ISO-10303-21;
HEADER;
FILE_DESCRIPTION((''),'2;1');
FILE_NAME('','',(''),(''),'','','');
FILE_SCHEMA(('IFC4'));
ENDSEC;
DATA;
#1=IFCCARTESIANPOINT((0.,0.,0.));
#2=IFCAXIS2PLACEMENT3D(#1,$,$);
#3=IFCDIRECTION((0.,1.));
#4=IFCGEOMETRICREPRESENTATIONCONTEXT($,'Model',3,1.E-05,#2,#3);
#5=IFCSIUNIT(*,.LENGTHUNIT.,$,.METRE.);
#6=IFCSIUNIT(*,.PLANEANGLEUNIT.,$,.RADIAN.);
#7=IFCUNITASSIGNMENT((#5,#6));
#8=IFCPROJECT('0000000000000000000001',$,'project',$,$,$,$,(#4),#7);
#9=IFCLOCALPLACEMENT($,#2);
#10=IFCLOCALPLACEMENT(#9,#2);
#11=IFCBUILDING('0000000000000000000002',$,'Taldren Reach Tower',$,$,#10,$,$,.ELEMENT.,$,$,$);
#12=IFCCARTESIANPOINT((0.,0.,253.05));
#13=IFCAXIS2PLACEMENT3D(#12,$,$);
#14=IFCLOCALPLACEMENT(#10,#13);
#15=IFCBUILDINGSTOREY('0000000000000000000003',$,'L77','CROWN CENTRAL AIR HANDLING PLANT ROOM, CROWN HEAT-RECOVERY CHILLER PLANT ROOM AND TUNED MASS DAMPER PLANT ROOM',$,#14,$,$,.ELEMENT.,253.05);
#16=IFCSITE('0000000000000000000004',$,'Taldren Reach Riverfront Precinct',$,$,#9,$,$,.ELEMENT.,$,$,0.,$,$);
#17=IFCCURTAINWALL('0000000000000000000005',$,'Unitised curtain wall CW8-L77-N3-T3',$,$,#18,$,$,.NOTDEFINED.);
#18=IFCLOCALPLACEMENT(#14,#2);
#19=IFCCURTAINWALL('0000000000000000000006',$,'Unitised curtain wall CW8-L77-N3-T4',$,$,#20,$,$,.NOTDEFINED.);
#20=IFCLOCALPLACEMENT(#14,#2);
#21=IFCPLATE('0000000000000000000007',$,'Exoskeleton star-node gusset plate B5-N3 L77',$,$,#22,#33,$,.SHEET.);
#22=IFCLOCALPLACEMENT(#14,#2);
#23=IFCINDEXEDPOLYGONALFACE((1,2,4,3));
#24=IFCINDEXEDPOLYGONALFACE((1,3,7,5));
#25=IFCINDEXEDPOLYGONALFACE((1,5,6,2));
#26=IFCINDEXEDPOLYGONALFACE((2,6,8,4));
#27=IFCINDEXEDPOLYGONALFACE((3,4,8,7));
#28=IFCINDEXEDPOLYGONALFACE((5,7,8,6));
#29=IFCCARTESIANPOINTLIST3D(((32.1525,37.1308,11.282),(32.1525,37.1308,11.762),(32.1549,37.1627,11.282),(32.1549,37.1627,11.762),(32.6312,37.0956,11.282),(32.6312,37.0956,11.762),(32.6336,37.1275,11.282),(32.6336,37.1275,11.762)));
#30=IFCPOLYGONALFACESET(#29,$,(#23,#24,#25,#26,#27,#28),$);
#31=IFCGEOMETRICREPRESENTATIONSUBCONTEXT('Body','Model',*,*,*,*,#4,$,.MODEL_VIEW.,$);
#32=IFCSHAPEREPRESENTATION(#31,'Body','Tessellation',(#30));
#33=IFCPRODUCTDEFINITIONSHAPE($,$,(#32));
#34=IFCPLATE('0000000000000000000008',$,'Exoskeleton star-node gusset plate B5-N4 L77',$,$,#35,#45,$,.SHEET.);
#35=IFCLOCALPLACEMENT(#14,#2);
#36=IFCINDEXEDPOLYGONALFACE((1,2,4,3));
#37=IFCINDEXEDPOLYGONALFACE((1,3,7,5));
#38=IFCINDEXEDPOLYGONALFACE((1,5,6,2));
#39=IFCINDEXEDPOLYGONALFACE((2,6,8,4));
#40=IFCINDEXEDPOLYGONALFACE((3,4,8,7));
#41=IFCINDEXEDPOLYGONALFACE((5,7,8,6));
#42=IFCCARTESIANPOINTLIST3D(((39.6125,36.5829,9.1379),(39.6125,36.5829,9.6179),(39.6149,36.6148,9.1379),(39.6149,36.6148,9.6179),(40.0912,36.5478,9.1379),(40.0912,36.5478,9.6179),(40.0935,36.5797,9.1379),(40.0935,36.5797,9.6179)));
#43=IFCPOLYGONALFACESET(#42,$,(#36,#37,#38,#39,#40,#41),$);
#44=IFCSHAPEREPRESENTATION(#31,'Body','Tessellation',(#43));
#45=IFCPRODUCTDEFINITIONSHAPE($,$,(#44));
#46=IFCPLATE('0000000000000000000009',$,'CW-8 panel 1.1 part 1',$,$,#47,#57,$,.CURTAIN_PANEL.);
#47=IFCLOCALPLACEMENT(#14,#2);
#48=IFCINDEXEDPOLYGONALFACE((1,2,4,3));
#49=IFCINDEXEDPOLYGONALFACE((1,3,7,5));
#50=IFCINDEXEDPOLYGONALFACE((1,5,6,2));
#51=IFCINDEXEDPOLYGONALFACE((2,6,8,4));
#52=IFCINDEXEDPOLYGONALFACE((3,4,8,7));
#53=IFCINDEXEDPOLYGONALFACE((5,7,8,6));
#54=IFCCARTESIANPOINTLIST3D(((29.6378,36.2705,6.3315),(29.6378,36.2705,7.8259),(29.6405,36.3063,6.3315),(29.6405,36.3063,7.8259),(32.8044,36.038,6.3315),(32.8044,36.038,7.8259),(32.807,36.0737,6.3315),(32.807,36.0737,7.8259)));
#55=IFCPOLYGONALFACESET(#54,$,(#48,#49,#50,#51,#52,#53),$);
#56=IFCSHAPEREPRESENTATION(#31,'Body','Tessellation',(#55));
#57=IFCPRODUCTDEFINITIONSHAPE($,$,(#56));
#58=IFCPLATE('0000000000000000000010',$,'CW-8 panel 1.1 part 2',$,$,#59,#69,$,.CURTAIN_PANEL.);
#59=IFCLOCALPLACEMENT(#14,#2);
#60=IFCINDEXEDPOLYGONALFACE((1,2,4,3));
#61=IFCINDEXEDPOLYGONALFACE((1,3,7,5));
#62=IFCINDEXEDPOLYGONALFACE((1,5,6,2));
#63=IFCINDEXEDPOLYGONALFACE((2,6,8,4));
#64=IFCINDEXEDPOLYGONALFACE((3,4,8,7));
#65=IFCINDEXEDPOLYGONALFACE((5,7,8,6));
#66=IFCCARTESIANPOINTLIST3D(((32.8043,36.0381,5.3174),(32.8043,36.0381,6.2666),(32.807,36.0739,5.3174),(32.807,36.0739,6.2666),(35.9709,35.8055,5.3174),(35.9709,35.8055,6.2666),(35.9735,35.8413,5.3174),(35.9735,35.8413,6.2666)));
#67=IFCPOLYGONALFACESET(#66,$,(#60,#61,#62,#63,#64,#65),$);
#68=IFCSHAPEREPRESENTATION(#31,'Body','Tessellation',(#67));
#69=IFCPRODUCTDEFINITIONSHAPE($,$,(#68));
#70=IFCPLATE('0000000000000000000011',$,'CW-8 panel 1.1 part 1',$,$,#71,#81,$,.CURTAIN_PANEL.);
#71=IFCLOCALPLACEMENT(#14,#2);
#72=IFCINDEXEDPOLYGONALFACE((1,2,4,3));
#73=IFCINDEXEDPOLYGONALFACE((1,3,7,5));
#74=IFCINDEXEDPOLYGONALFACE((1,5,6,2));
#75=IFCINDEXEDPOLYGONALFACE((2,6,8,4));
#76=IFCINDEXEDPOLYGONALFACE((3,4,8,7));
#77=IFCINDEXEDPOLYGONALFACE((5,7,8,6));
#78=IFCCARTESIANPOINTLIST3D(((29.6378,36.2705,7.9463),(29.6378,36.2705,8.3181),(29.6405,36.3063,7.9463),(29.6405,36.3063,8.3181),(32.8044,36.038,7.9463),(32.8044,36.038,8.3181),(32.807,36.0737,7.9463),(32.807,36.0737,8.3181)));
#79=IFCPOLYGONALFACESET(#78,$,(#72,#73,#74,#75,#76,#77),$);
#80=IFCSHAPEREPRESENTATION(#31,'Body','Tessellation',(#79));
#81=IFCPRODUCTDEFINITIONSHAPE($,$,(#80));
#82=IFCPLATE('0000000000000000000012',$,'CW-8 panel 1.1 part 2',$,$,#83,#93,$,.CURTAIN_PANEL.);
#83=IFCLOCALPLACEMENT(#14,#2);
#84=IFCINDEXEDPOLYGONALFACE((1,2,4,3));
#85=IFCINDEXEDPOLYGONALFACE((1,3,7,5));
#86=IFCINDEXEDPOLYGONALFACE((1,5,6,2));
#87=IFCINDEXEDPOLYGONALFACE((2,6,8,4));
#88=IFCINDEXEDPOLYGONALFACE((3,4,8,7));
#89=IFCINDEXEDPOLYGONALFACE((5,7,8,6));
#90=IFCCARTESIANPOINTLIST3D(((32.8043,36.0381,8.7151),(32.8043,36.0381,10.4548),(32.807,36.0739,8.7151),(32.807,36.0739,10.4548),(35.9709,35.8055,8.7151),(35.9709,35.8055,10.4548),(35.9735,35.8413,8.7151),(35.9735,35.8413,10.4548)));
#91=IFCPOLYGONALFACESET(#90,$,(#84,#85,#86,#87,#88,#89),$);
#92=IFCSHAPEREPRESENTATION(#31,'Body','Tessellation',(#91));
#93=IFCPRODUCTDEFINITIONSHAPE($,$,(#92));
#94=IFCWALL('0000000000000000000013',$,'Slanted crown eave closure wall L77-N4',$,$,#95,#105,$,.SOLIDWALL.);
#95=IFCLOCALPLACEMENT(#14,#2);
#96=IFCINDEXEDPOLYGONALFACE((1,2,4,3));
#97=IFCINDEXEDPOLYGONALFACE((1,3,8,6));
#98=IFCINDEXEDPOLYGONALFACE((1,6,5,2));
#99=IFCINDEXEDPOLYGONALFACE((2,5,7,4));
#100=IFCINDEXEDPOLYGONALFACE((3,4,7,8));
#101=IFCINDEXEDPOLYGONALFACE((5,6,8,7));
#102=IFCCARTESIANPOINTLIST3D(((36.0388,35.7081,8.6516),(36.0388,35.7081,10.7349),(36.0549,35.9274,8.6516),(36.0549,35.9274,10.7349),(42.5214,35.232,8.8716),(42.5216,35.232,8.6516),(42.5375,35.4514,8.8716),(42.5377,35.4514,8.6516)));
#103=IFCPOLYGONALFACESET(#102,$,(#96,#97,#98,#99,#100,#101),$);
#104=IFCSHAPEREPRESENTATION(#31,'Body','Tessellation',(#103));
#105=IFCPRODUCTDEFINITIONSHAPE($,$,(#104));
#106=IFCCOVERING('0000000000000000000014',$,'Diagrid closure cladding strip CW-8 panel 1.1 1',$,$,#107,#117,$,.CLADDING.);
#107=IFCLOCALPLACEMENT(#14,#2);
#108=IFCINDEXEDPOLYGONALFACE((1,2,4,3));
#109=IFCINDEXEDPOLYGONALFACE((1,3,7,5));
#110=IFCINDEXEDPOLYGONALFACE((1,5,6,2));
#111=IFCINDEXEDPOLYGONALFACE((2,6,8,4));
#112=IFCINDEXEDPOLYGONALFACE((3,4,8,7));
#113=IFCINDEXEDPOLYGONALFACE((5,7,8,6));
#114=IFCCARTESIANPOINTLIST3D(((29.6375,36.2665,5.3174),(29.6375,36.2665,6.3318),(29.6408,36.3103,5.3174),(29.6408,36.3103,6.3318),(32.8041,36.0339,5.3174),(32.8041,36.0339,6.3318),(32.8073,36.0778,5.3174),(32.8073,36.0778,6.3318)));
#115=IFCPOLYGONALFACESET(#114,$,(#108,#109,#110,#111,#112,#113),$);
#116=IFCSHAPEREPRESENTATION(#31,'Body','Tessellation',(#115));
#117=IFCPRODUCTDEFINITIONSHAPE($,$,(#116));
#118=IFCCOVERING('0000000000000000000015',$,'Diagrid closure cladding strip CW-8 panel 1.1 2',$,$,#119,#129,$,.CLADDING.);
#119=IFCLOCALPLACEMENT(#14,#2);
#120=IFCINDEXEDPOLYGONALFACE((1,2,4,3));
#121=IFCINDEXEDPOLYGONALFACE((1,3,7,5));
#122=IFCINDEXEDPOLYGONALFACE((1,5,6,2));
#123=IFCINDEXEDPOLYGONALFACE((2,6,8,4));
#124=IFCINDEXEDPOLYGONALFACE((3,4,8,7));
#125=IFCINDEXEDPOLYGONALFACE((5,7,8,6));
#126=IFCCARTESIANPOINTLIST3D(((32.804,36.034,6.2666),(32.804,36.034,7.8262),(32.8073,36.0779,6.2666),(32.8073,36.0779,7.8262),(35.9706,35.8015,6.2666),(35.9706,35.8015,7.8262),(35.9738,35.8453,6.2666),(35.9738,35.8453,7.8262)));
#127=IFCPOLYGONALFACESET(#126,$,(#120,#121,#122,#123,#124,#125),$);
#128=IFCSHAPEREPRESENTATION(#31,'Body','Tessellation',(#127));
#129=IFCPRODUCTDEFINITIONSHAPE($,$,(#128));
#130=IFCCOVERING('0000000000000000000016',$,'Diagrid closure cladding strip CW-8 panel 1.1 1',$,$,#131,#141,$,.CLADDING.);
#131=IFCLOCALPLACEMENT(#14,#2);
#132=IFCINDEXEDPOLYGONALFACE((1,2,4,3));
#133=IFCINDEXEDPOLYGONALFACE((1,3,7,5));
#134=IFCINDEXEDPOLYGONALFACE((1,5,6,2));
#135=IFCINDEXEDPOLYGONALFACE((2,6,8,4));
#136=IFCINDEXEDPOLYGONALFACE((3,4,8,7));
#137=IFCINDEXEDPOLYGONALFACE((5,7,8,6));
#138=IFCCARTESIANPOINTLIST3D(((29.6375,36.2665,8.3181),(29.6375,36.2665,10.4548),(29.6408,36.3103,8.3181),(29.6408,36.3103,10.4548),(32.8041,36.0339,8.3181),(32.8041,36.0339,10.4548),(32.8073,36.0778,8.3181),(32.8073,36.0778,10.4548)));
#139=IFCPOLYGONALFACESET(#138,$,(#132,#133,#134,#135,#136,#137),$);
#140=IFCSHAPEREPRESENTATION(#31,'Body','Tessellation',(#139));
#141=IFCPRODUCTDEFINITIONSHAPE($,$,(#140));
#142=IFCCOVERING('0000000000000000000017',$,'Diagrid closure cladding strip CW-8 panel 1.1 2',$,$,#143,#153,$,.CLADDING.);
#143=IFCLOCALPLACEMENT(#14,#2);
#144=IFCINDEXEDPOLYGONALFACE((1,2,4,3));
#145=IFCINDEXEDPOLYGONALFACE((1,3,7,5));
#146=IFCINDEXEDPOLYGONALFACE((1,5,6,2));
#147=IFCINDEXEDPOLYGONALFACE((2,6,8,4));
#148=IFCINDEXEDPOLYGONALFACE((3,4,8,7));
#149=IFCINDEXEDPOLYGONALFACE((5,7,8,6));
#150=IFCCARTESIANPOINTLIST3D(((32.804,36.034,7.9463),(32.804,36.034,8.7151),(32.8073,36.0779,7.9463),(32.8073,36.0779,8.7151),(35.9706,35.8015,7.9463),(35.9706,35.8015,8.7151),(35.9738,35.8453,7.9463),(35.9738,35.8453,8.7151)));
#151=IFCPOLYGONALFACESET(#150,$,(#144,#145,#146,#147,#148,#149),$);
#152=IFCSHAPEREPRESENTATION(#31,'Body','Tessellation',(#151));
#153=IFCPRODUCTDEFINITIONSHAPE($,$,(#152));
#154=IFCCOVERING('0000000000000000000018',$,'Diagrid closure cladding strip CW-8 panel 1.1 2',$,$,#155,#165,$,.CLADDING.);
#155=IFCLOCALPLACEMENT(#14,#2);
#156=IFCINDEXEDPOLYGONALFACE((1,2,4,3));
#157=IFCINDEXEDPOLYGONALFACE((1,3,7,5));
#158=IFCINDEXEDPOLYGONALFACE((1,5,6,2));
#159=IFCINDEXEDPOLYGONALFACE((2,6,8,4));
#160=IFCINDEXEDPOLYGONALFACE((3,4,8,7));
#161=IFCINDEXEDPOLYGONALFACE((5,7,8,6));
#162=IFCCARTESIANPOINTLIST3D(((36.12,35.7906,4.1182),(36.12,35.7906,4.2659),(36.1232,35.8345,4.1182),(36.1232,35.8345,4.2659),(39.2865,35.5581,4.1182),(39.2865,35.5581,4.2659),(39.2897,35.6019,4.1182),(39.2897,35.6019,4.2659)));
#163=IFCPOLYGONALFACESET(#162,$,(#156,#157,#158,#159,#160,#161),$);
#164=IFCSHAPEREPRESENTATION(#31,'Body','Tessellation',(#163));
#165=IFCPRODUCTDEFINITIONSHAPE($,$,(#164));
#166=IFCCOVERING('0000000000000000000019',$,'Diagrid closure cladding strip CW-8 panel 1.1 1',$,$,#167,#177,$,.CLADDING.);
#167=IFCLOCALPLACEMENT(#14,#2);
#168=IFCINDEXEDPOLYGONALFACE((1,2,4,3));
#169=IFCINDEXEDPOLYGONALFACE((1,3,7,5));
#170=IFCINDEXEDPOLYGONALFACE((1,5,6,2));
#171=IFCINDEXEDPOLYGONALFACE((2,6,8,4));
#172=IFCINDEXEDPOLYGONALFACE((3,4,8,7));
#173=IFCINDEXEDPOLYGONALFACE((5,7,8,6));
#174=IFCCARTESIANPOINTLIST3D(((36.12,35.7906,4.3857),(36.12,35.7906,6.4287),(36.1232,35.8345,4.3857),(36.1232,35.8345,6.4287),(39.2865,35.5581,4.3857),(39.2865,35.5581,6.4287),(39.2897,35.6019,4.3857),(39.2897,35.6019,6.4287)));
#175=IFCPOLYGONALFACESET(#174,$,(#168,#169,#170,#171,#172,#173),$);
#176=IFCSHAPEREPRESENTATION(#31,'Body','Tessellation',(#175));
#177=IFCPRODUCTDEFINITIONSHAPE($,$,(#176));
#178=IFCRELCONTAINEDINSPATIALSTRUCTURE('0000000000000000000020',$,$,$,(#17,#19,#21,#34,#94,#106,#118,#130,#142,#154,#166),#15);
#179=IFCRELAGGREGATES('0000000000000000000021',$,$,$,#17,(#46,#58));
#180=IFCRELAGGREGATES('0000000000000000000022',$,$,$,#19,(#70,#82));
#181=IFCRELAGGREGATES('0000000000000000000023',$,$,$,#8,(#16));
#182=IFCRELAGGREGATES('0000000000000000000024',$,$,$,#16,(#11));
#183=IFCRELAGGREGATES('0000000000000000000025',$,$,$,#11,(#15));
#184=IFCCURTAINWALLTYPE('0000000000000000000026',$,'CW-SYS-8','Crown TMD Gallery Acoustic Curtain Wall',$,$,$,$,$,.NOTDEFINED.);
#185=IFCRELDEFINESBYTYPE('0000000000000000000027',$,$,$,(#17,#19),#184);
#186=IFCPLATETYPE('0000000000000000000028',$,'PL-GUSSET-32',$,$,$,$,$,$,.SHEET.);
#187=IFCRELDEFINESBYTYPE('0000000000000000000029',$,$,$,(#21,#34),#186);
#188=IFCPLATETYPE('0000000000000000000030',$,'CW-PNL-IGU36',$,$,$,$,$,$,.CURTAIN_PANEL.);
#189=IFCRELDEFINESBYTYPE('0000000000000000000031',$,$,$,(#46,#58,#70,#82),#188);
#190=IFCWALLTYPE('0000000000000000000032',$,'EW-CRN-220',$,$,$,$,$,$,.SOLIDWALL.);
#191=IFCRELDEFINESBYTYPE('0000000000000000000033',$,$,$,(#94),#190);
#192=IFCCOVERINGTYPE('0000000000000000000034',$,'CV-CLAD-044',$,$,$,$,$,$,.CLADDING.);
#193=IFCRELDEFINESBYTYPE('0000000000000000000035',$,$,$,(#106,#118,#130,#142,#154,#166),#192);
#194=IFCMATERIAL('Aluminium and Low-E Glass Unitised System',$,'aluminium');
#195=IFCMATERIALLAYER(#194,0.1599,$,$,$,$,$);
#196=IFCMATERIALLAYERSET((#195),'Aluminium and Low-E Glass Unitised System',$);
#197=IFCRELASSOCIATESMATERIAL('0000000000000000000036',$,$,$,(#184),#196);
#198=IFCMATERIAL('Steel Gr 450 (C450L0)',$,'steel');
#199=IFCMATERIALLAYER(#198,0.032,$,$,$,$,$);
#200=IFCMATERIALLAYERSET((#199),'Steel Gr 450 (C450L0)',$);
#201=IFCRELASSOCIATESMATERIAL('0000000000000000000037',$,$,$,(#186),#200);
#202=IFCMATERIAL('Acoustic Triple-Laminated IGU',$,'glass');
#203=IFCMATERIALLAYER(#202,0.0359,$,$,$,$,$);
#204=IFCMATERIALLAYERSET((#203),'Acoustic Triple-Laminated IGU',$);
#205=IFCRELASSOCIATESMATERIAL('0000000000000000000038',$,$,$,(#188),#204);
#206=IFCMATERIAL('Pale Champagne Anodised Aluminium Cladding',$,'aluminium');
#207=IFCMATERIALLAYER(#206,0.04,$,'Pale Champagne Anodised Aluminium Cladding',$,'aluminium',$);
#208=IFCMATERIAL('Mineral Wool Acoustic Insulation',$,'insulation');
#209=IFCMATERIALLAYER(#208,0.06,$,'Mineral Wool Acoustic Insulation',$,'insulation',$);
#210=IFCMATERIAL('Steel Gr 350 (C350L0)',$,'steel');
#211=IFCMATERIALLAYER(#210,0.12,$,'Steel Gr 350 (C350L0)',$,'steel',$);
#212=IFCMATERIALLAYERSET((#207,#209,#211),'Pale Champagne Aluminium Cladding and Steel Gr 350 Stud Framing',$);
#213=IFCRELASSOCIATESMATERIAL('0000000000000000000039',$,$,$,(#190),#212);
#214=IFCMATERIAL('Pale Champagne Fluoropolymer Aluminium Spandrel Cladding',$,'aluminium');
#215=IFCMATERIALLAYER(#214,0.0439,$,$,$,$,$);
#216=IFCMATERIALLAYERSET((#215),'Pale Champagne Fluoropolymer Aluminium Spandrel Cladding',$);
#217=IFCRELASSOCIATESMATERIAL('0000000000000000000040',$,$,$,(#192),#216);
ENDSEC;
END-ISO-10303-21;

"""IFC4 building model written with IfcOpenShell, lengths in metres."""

from ifc_helpers import new_model, si_unit, direction, frame, origin, origin_2d, place, context, subcontext, project, spatial, polyline, rectangle, outline, extrude, source, transform, mapped, material, layer, layer_set, type_object, element, aggregate, save


model = new_model("IFC4")

# Units and contexts
model_context = context("Model", 3, precision=1e-05, world=origin(), true_north=direction((0.0, 1.0)))
body_context = subcontext(model_context, "Body", "Model", "MODEL_VIEW")
ifc_project = project(units=[si_unit("LENGTHUNIT", "METRE"), si_unit("PLANEANGLEUNIT", "RADIAN")], contexts=[model_context])

# Site, building, storey
site_placement = place(None, origin())
site = spatial("IfcSite", under=ifc_project, at=site_placement, Name="Taldren Reach Riverfront Precinct", CompositionType="ELEMENT", RefElevation=0.0)
building_placement = place(site_placement, origin())
building = spatial("IfcBuilding", under=site, at=building_placement, Name="Taldren Reach Tower", CompositionType="ELEMENT")
storey_placement = place(building_placement, frame((0.0, 0.0, 253.05)))
storey = spatial("IfcBuildingStorey", under=building, at=storey_placement, Name="L77", Description="CROWN CENTRAL AIR HANDLING PLANT ROOM, CROWN HEAT-RECOVERY CHILLER PLANT ROOM AND TUNED MASS DAMPER PLANT ROOM", CompositionType="ELEMENT", Elevation=253.05)

# Shared definitions
ifc_material_1 = material(Name="Steel Gr 450 (C450L0)", Category="steel")

# Shared definitions
ifc_material_2 = material(Name="Aluminium and Low-E Glass Unitised System", Category="aluminium")
ifc_layer_1 = layer(ifc_material_2, 0.1599)
ifc_layer_set_1 = layer_set([ifc_layer_1], Name="Aluminium and Low-E Glass Unitised System")
curtain_wall_type = type_object("IfcCurtainWallType", Name="CW-SYS-8", Description="Crown TMD Gallery Acoustic Curtain Wall", PredefinedType="NOTDEFINED", material=ifc_layer_set_1)

# Curtain walls
curtain_wall_1_placement = place(storey_placement, origin())
curtain_wall_1 = element("IfcCurtainWall", 1, at=curtain_wall_1_placement, inside=storey, type_object=curtain_wall_type, Name="Unitised curtain wall CW8-L77-N3-T3", PredefinedType="NOTDEFINED")
curtain_wall_2_placement = place(storey_placement, origin())
curtain_wall_2 = element("IfcCurtainWall", 2, at=curtain_wall_2_placement, inside=storey, type_object=curtain_wall_type, Name="Unitised curtain wall CW8-L77-N3-T4", PredefinedType="NOTDEFINED")

# Plates
ifc_layer_2 = layer(ifc_material_1, 0.032)
ifc_layer_set_2 = layer_set([ifc_layer_2], Name="Steel Gr 450 (C450L0)")
plate_type_1 = type_object("IfcPlateType", Name="PL-GUSSET-32", PredefinedType="SHEET", material=ifc_layer_set_2)
shared_shape_1 = source(origin(), body_context, "Body", "SweptSolid", [
    extrude(rectangle(XDim=0.48, YDim=0.032, at=origin_2d()), origin(), (0.0, 0.0, 1.0), 0.48),
])
for number, where, z_axis, x_axis, name in (
    (3, (32.3931, 37.1292, 11.282), (0.0, 0.0, 1.0), (0.997314, -0.073238, 0.0), "Exoskeleton star-node gusset plate B5-N3 L77"),
    (4, (39.853, 36.5813, 9.1379), (0.0, 0.0, 1.0), (0.997314, -0.073238, 0.0), "Exoskeleton star-node gusset plate B5-N4 L77"),
):
    element("IfcPlate", number, at=place(storey_placement, frame(where, z_axis=z_axis, x_axis=x_axis)), inside=storey, type_object=plate_type_1, Name=name, PredefinedType="SHEET", context=body_context, shape_type="MappedRepresentation", body=[
        mapped(shared_shape_1, transform((0.0, 0.0, 0.0), scale=1.0)),
    ])

# Plates
ifc_material_3 = material(Name="Acoustic Triple-Laminated IGU", Category="glass")
ifc_layer_3 = layer(ifc_material_3, 0.0359)
ifc_layer_set_3 = layer_set([ifc_layer_3], Name="Acoustic Triple-Laminated IGU")
plate_type_2 = type_object("IfcPlateType", Name="CW-PNL-IGU36", PredefinedType="CURTAIN_PANEL", material=ifc_layer_set_3)
shared_shape_2 = source(origin(), body_context, "Body", "SweptSolid", [
    extrude(rectangle(XDim=3.175, YDim=0.0359, at=origin_2d()), origin(), (0.0, 0.0, 1.0), 1.4944),
])
plate_1_placement = place(storey_placement, frame((31.2224, 36.1721, 6.3315), z_axis=(0.0, 0.0, 1.0), x_axis=(0.997315, -0.073237, 0.0)))
plate_1 = element("IfcPlate", 5, at=plate_1_placement, type_object=plate_type_2, Name="CW-8 panel 1.1 part 1", PredefinedType="CURTAIN_PANEL", context=body_context, shape_type="MappedRepresentation", body=[
    mapped(shared_shape_2, transform((0.0, 0.0, 0.0), scale=1.0)),
])
shared_shape_3 = source(origin(), body_context, "Body", "SweptSolid", [
    extrude(rectangle(XDim=3.175, YDim=0.0359, at=origin_2d()), origin(), (0.0, 0.0, 1.0), 0.9492),
])
plate_2_placement = place(storey_placement, frame((34.3889, 35.9397, 5.3174), z_axis=(0.0, 0.0, 1.0), x_axis=(0.997315, -0.073237, 0.0)))
plate_2 = element("IfcPlate", 6, at=plate_2_placement, type_object=plate_type_2, Name="CW-8 panel 1.1 part 2", PredefinedType="CURTAIN_PANEL", context=body_context, shape_type="MappedRepresentation", body=[
    mapped(shared_shape_3, transform((0.0, 0.0, 0.0), scale=1.0)),
])
aggregate(curtain_wall_1, [plate_1, plate_2])
shared_shape_4 = source(origin(), body_context, "Body", "SweptSolid", [
    extrude(rectangle(XDim=3.175, YDim=0.0359, at=origin_2d()), origin(), (0.0, 0.0, 1.0), 0.3718),
])
plate_3_placement = place(storey_placement, frame((31.2224, 36.1721, 7.9463), z_axis=(0.0, 0.0, 1.0), x_axis=(0.997315, -0.073237, 0.0)))
plate_3 = element("IfcPlate", 7, at=plate_3_placement, type_object=plate_type_2, Name="CW-8 panel 1.1 part 1", PredefinedType="CURTAIN_PANEL", context=body_context, shape_type="MappedRepresentation", body=[
    mapped(shared_shape_4, transform((0.0, 0.0, 0.0), scale=1.0)),
])
shared_shape_5 = source(origin(), body_context, "Body", "SweptSolid", [
    extrude(rectangle(XDim=3.175, YDim=0.0359, at=origin_2d()), origin(), (0.0, 0.0, 1.0), 1.7397),
])
plate_4_placement = place(storey_placement, frame((34.3889, 35.9397, 8.7151), z_axis=(0.0, 0.0, 1.0), x_axis=(0.997315, -0.073237, 0.0)))
plate_4 = element("IfcPlate", 8, at=plate_4_placement, type_object=plate_type_2, Name="CW-8 panel 1.1 part 2", PredefinedType="CURTAIN_PANEL", context=body_context, shape_type="MappedRepresentation", body=[
    mapped(shared_shape_5, transform((0.0, 0.0, 0.0), scale=1.0)),
])
aggregate(curtain_wall_2, [plate_3, plate_4])

# Wall
ifc_material_4 = material(Name="Pale Champagne Anodised Aluminium Cladding", Category="aluminium")
ifc_layer_4 = layer(ifc_material_4, 0.04, Name="Pale Champagne Anodised Aluminium Cladding", Category="aluminium")
ifc_material_5 = material(Name="Mineral Wool Acoustic Insulation", Category="insulation")
ifc_layer_5 = layer(ifc_material_5, 0.06, Name="Mineral Wool Acoustic Insulation", Category="insulation")
ifc_material_6 = material(Name="Steel Gr 350 (C350L0)", Category="steel")
ifc_layer_6 = layer(ifc_material_6, 0.12, Name="Steel Gr 350 (C350L0)", Category="steel")
ifc_layer_set_4 = layer_set([ifc_layer_4, ifc_layer_5, ifc_layer_6], Name="Pale Champagne Aluminium Cladding and Steel Gr 350 Stud Framing")
wall_type = type_object("IfcWallType", Name="EW-CRN-220", PredefinedType="SOLIDWALL", material=ifc_layer_set_4)
wall_placement = place(storey_placement, frame((36.0469, 35.8179, 8.6516), z_axis=(0.0, 0.0, 1.0), x_axis=(0.997314, -0.073241, 0.0)))
element("IfcWall", 9, at=wall_placement, inside=storey, type_object=wall_type, Name="Slanted crown eave closure wall L77-N4", PredefinedType="SOLIDWALL", context=body_context, shape_type="SweptSolid", body=[
    extrude(outline(polyline([(0.0, 0.0), (6.5002, 0.0), (6.5, 0.22), (0.0, 2.0833), (0.0, 0.0)])), frame((0.0, 0.1099, 0.0), z_axis=(0.0, -1.0, 0.0), x_axis=(1.0, 0.0, 0.0)), (0.0, 0.0, 1.0), 0.22),
])

# Coverings
ifc_material_7 = material(Name="Pale Champagne Fluoropolymer Aluminium Spandrel Cladding", Category="aluminium")
ifc_layer_7 = layer(ifc_material_7, 0.0439)
ifc_layer_set_5 = layer_set([ifc_layer_7], Name="Pale Champagne Fluoropolymer Aluminium Spandrel Cladding")
covering_type = type_object("IfcCoveringType", Name="CV-CLAD-044", PredefinedType="CLADDING", material=ifc_layer_set_5)
shared_shape_6 = source(origin(), body_context, "Body", "SweptSolid", [
    extrude(rectangle(XDim=3.175, YDim=0.0439, at=origin_2d()), origin(), (0.0, 0.0, 1.0), 1.0144),
])
covering_1_placement = place(storey_placement, frame((31.2224, 36.1721, 5.3174), z_axis=(0.0, 0.0, 1.0), x_axis=(0.997315, -0.073237, 0.0)))
element("IfcCovering", 10, at=covering_1_placement, inside=storey, type_object=covering_type, Name="Diagrid closure cladding strip CW-8 panel 1.1 1", PredefinedType="CLADDING", context=body_context, shape_type="MappedRepresentation", body=[
    mapped(shared_shape_6, transform((0.0, 0.0, 0.0), scale=1.0)),
])
shared_shape_7 = source(origin(), body_context, "Body", "SweptSolid", [
    extrude(rectangle(XDim=3.175, YDim=0.0439, at=origin_2d()), origin(), (0.0, 0.0, 1.0), 1.5596),
])
covering_2_placement = place(storey_placement, frame((34.3889, 35.9397, 6.2666), z_axis=(0.0, 0.0, 1.0), x_axis=(0.997315, -0.073237, 0.0)))
element("IfcCovering", 11, at=covering_2_placement, inside=storey, type_object=covering_type, Name="Diagrid closure cladding strip CW-8 panel 1.1 2", PredefinedType="CLADDING", context=body_context, shape_type="MappedRepresentation", body=[
    mapped(shared_shape_7, transform((0.0, 0.0, 0.0), scale=1.0)),
])
shared_shape_8 = source(origin(), body_context, "Body", "SweptSolid", [
    extrude(rectangle(XDim=3.175, YDim=0.0439, at=origin_2d()), origin(), (0.0, 0.0, 1.0), 2.1367),
])
covering_3_placement = place(storey_placement, frame((31.2224, 36.1721, 8.3181), z_axis=(0.0, 0.0, 1.0), x_axis=(0.997315, -0.073237, 0.0)))
element("IfcCovering", 12, at=covering_3_placement, inside=storey, type_object=covering_type, Name="Diagrid closure cladding strip CW-8 panel 1.1 1", PredefinedType="CLADDING", context=body_context, shape_type="MappedRepresentation", body=[
    mapped(shared_shape_8, transform((0.0, 0.0, 0.0), scale=1.0)),
])
shared_shape_9 = source(origin(), body_context, "Body", "SweptSolid", [
    extrude(rectangle(XDim=3.175, YDim=0.0439, at=origin_2d()), origin(), (0.0, 0.0, 1.0), 0.7688),
])
covering_4_placement = place(storey_placement, frame((34.3889, 35.9397, 7.9463), z_axis=(0.0, 0.0, 1.0), x_axis=(0.997315, -0.073237, 0.0)))
element("IfcCovering", 13, at=covering_4_placement, inside=storey, type_object=covering_type, Name="Diagrid closure cladding strip CW-8 panel 1.1 2", PredefinedType="CLADDING", context=body_context, shape_type="MappedRepresentation", body=[
    mapped(shared_shape_9, transform((0.0, 0.0, 0.0), scale=1.0)),
])
shared_shape_10 = source(origin(), body_context, "Body", "SweptSolid", [
    extrude(rectangle(XDim=3.175, YDim=0.0439, at=origin_2d()), origin(), (0.0, 0.0, 1.0), 0.1477),
])
covering_5_placement = place(storey_placement, frame((37.7048, 35.6963, 4.1182), z_axis=(0.0, 0.0, 1.0), x_axis=(0.997314, -0.073239, 0.0)))
element("IfcCovering", 14, at=covering_5_placement, inside=storey, type_object=covering_type, Name="Diagrid closure cladding strip CW-8 panel 1.1 2", PredefinedType="CLADDING", context=body_context, shape_type="MappedRepresentation", body=[
    mapped(shared_shape_10, transform((0.0, 0.0, 0.0), scale=1.0)),
])
shared_shape_11 = source(origin(), body_context, "Body", "SweptSolid", [
    extrude(rectangle(XDim=3.175, YDim=0.0439, at=origin_2d()), origin(), (0.0, 0.0, 1.0), 2.043),
])
covering_6_placement = place(storey_placement, frame((37.7048, 35.6963, 4.3857), z_axis=(0.0, 0.0, 1.0), x_axis=(0.997314, -0.073239, 0.0)))
element("IfcCovering", 15, at=covering_6_placement, inside=storey, type_object=covering_type, Name="Diagrid closure cladding strip CW-8 panel 1.1 1", PredefinedType="CLADDING", context=body_context, shape_type="MappedRepresentation", body=[
    mapped(shared_shape_11, transform((0.0, 0.0, 0.0), scale=1.0)),
])

save(model, "model.ifc")
